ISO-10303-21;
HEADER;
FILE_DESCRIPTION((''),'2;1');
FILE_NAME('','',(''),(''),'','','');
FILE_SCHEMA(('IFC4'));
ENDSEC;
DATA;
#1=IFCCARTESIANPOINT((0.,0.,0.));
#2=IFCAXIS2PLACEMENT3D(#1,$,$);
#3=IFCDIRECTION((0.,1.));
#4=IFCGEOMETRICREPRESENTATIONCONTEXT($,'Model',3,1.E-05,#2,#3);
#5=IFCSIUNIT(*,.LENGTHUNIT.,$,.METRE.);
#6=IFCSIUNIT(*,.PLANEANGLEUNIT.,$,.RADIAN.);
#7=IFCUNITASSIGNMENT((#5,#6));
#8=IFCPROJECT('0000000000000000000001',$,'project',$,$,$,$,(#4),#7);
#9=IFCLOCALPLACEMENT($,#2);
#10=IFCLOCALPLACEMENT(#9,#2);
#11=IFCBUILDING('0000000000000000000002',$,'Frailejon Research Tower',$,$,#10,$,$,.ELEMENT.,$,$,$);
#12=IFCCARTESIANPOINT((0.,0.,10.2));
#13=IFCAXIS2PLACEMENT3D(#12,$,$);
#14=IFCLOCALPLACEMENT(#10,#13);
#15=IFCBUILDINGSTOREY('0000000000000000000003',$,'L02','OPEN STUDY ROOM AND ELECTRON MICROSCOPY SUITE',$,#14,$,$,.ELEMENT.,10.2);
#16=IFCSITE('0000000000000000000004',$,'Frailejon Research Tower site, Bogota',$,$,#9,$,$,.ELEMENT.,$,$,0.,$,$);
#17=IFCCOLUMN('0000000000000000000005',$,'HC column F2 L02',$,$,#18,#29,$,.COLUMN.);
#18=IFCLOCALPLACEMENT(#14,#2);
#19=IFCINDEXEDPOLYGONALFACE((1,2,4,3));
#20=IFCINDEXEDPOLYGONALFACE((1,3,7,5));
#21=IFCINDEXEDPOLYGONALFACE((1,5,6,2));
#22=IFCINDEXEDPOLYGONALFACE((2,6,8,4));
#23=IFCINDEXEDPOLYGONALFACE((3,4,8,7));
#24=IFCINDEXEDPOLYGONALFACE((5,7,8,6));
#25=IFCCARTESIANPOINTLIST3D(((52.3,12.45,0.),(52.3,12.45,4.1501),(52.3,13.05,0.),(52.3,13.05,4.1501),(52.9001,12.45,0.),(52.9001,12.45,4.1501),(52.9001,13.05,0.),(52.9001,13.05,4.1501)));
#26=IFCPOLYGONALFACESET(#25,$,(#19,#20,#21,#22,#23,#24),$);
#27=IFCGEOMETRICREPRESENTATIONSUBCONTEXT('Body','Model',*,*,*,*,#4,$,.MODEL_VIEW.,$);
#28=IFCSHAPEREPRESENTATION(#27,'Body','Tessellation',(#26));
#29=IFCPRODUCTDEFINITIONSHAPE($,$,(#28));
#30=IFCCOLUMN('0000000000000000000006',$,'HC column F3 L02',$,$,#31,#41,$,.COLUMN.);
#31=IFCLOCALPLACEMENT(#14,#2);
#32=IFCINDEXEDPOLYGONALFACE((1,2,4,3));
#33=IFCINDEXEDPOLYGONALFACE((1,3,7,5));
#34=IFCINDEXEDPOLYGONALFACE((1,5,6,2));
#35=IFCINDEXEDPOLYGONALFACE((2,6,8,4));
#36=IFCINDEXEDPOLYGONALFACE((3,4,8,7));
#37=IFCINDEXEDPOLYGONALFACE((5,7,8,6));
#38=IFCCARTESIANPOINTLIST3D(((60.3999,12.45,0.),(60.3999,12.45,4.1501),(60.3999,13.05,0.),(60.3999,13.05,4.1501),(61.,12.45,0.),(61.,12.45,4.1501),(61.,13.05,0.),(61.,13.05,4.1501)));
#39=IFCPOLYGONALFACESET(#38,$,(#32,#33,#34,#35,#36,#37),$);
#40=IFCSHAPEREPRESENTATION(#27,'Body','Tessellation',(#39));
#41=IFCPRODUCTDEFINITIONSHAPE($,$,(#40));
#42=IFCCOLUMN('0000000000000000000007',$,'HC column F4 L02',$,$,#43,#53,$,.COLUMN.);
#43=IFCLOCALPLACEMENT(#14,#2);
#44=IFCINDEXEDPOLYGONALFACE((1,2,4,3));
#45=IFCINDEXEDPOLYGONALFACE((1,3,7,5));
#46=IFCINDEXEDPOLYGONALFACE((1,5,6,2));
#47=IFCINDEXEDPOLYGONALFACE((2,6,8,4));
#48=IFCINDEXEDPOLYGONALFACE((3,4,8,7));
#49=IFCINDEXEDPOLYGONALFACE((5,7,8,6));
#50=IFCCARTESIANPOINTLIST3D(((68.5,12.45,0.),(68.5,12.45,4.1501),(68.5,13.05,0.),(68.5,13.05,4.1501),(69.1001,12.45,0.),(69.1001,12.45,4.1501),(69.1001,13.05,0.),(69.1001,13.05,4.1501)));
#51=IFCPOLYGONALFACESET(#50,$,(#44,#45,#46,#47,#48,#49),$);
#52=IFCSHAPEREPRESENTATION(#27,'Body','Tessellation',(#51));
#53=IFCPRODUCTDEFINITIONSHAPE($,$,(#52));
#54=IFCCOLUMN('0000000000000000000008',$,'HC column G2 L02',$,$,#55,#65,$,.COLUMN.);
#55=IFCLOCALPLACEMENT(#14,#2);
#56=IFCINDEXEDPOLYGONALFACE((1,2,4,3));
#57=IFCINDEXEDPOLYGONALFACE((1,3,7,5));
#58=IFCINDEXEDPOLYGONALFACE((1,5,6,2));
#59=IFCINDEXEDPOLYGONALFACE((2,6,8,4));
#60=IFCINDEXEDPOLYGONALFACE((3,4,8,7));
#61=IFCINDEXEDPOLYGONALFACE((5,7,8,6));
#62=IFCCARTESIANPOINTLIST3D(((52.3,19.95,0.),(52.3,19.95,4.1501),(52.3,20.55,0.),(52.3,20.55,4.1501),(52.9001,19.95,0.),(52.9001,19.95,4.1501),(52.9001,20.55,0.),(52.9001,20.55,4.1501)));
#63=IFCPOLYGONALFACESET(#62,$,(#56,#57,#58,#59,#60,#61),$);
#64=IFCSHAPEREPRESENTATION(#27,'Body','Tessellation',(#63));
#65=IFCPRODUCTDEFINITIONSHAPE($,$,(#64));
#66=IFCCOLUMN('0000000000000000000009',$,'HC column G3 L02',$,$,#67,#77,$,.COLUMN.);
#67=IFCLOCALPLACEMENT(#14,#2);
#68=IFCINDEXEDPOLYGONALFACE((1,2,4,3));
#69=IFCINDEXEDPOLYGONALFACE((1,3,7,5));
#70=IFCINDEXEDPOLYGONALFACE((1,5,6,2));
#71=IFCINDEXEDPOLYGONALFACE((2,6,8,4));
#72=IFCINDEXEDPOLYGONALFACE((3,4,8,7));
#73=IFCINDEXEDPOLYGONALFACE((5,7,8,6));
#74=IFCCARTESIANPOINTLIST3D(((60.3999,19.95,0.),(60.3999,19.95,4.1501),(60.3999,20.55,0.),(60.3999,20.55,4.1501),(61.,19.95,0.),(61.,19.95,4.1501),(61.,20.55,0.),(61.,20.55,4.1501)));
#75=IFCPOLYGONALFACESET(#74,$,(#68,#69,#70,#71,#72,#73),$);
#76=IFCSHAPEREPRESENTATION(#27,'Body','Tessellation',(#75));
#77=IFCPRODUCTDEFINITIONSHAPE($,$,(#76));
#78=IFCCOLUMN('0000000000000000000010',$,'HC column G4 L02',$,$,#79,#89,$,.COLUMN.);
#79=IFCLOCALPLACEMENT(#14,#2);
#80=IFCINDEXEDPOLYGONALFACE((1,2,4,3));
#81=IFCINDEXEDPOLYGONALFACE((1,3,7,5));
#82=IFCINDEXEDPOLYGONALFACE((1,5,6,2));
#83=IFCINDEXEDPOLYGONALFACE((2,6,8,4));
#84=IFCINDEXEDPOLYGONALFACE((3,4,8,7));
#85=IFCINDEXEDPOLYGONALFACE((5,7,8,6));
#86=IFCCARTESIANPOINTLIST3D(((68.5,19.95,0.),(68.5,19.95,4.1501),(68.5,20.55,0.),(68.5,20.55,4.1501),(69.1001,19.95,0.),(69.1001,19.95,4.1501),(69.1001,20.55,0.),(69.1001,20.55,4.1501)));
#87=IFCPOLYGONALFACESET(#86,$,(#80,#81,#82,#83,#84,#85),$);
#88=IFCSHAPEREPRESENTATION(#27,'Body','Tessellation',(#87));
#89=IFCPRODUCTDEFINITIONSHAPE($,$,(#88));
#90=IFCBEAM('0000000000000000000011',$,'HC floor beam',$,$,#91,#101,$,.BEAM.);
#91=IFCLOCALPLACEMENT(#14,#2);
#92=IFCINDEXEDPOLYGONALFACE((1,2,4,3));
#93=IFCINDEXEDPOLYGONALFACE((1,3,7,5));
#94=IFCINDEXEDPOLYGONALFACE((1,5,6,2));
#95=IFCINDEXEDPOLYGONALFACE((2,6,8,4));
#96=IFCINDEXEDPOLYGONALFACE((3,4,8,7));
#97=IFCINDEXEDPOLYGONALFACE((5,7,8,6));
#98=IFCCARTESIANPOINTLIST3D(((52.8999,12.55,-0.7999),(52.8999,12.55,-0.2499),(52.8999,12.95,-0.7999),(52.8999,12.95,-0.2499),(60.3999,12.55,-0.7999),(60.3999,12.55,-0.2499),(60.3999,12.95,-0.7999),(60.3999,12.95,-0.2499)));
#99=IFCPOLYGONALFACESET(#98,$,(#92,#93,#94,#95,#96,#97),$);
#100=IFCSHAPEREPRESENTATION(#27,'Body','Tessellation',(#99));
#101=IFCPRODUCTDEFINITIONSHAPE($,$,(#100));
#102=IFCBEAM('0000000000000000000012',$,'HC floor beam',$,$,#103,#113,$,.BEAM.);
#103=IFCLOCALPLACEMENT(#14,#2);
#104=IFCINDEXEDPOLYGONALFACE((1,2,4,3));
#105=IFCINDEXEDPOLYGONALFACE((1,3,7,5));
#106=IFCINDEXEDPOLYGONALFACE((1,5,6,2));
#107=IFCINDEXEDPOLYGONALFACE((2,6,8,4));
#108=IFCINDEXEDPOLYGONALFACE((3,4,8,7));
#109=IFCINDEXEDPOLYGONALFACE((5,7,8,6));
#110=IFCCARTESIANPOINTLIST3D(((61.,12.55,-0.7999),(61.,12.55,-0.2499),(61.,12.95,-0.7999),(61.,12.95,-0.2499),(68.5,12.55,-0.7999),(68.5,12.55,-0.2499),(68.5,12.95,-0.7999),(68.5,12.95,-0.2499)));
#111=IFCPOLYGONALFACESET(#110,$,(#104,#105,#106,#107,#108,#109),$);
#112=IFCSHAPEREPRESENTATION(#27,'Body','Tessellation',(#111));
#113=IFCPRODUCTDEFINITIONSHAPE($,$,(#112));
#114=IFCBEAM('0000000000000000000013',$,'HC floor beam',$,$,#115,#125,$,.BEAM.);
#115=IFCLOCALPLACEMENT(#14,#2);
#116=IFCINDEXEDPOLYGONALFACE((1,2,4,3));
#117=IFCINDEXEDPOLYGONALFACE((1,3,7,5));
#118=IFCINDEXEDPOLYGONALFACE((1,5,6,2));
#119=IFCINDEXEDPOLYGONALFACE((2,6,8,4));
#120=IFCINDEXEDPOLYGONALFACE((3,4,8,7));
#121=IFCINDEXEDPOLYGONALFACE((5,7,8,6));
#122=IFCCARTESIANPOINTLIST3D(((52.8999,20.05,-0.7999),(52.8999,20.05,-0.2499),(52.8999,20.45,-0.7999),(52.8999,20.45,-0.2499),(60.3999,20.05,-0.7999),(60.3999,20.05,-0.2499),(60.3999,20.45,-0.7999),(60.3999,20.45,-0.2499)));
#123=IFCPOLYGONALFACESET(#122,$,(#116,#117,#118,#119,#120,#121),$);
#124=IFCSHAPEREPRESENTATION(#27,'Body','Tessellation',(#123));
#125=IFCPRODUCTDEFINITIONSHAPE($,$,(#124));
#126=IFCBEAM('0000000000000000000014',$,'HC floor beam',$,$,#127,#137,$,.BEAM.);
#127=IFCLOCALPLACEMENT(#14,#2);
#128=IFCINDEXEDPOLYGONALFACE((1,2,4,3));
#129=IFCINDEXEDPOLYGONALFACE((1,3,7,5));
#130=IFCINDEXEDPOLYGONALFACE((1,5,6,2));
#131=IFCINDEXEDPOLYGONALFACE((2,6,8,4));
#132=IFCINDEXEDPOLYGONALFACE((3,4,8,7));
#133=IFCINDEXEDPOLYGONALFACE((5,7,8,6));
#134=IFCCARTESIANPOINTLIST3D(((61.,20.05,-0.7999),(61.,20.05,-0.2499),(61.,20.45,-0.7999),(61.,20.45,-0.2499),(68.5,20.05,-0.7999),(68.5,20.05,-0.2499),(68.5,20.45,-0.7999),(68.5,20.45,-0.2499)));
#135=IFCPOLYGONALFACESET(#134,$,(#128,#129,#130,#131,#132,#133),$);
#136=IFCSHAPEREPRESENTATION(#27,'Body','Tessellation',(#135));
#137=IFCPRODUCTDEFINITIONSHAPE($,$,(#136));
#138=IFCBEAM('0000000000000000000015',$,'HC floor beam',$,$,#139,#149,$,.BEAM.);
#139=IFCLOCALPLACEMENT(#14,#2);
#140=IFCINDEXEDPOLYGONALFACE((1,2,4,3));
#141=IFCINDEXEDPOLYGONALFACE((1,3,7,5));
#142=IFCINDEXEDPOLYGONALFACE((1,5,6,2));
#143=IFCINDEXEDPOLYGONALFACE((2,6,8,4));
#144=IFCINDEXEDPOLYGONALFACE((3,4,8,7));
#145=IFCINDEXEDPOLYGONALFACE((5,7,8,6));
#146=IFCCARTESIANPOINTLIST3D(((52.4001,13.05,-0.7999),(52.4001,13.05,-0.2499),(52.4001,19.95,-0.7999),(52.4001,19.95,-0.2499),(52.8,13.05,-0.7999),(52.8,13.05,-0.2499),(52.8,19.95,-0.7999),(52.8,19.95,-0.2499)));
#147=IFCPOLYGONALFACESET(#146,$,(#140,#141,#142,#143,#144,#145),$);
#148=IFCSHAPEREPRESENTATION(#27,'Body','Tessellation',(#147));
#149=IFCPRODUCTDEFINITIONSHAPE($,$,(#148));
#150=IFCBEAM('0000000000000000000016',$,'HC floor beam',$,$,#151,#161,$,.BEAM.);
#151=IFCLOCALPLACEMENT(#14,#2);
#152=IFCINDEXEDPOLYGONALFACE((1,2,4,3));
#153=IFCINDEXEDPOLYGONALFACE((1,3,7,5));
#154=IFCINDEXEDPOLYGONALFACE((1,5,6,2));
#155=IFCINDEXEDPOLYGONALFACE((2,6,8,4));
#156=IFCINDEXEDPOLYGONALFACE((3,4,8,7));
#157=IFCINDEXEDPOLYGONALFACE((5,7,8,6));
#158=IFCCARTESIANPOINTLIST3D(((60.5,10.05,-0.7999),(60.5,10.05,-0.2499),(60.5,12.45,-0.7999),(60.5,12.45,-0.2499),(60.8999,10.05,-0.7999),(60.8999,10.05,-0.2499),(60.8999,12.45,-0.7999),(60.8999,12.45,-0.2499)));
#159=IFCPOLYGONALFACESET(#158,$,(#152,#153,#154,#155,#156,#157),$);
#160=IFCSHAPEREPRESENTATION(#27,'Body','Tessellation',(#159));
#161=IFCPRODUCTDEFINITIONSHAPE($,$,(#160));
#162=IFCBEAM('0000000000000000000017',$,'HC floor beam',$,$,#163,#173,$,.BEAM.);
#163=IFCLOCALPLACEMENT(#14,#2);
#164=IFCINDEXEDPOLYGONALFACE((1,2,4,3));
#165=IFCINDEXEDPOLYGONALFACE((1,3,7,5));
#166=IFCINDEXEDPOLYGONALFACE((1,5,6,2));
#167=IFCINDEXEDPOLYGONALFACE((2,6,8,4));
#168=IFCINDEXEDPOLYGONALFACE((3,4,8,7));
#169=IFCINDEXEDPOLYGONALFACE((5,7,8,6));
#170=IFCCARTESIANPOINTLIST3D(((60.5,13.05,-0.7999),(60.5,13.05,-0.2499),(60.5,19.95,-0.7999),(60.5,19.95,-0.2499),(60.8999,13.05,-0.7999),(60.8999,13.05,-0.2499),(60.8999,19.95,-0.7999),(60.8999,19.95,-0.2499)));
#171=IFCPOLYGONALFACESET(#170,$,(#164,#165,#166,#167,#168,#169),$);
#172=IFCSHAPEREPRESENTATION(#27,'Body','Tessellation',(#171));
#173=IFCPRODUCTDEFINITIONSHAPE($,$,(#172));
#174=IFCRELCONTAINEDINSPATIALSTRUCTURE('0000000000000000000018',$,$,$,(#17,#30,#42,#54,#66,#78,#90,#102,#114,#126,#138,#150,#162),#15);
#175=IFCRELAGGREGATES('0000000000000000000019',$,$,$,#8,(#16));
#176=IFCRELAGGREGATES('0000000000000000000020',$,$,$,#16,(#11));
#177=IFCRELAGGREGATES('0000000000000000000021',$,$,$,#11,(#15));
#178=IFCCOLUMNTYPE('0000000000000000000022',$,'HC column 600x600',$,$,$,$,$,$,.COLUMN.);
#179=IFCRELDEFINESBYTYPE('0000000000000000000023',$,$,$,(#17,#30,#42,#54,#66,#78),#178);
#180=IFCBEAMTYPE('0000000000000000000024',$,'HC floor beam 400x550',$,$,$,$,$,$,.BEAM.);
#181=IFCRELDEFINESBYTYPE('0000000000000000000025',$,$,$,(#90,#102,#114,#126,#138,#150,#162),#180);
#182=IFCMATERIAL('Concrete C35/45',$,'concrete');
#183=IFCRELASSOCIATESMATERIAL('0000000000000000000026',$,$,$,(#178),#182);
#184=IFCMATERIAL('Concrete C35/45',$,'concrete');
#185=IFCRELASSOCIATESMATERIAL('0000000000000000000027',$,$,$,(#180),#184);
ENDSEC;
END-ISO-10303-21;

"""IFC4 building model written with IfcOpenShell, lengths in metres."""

from ifc_helpers import new_model, si_unit, direction, frame, origin, origin_2d, place, context, subcontext, project, spatial, rectangle, extrude, material, material_profile, profile_set, type_object, element, save


model = new_model("IFC4")

# Units and contexts
model_context = context("Model", 3, precision=1e-05, world=origin(), true_north=direction((0.0, 1.0)))
body_context = subcontext(model_context, "Body", "Model", "MODEL_VIEW")
ifc_project = project(units=[si_unit("LENGTHUNIT", "METRE"), si_unit("PLANEANGLEUNIT", "RADIAN")], contexts=[model_context])

# Site, building, storey
site_placement = place(None, origin())
site = spatial("IfcSite", under=ifc_project, at=site_placement, Name="Frailejon Research Tower site, Bogota", CompositionType="ELEMENT", RefElevation=0.0)
building_placement = place(site_placement, origin())
building = spatial("IfcBuilding", under=site, at=building_placement, Name="Frailejon Research Tower", CompositionType="ELEMENT")
storey_placement = place(building_placement, frame((0.0, 0.0, 10.2)))
storey = spatial("IfcBuildingStorey", under=building, at=storey_placement, Name="L02", Description="OPEN STUDY ROOM AND ELECTRON MICROSCOPY SUITE", CompositionType="ELEMENT", Elevation=10.2)

# Columns
ifc_material_1 = material(Name="Concrete C35/45", Category="concrete")
ifc_material_profile_1 = material_profile(ifc_material_1, rectangle(XDim=0.6001, YDim=0.6001, at=origin_2d()), Name="HC column 600x600")
ifc_profile_set_1 = profile_set([ifc_material_profile_1], Name="Concrete C35/45")
column_type = type_object("IfcColumnType", Name="HC column 600x600", PredefinedType="COLUMN", material=ifc_profile_set_1)
for number, where, z_axis, x_axis, name in (
    (1, (52.6001, 12.75, 0.0), (0.0, 0.0, 1.0), (1.0, 0.0, 0.0), "HC column F2 L02"),
    (2, (60.7, 12.75, 0.0), (0.0, 0.0, 1.0), (1.0, 0.0, 0.0), "HC column F3 L02"),
    (3, (68.8, 12.75, 0.0), (0.0, 0.0, 1.0), (1.0, 0.0, 0.0), "HC column F4 L02"),
    (4, (52.6001, 20.25, 0.0), (0.0, 0.0, 1.0), (1.0, 0.0, 0.0), "HC column G2 L02"),
    (5, (60.7, 20.25, 0.0), (0.0, 0.0, 1.0), (1.0, 0.0, 0.0), "HC column G3 L02"),
    (6, (68.8, 20.25, 0.0), (0.0, 0.0, 1.0), (1.0, 0.0, 0.0), "HC column G4 L02"),
):
    element("IfcColumn", number, at=place(storey_placement, frame(where, z_axis=z_axis, x_axis=x_axis)), inside=storey, type_object=column_type, Name=name, PredefinedType="COLUMN", context=body_context, shape_type="SweptSolid", body=[
        extrude(rectangle(XDim=0.6001, YDim=0.6001, at=origin_2d()), origin(), (0.0, 0.0, 1.0), 4.1501),
    ])

# Beams
ifc_material_2 = material(Name="Concrete C35/45", Category="concrete")
ifc_material_profile_2 = material_profile(ifc_material_2, rectangle(XDim=0.3999, YDim=0.55, at=origin_2d()), Name="HC floor beam 400x550")
ifc_profile_set_2 = profile_set([ifc_material_profile_2], Name="Concrete C35/45")
beam_type = type_object("IfcBeamType", Name="HC floor beam 400x550", PredefinedType="BEAM", material=ifc_profile_set_2)
for number, where, z_axis, x_axis, name in (
    (7, (52.8999, 12.75, -0.5249), (1.0, 0.0, 0.0), (0.0, 1.0, 0.0), "HC floor beam"),
    (8, (61.0, 12.75, -0.5249), (1.0, 0.0, 0.0), (0.0, 1.0, 0.0), "HC floor beam"),
    (9, (52.8999, 20.25, -0.5249), (1.0, 0.0, 0.0), (0.0, 1.0, 0.0), "HC floor beam"),
    (10, (61.0, 20.25, -0.5249), (1.0, 0.0, 0.0), (0.0, 1.0, 0.0), "HC floor beam"),
):
    element("IfcBeam", number, at=place(storey_placement, frame(where, z_axis=z_axis, x_axis=x_axis)), inside=storey, type_object=beam_type, Name=name, PredefinedType="BEAM", context=body_context, shape_type="SweptSolid", body=[
        extrude(rectangle(XDim=0.3999, YDim=0.55, at=origin_2d()), origin(), (0.0, 0.0, 1.0), 7.5),
    ])
beam_1_placement = place(storey_placement, frame((52.6001, 13.05, -0.5249), z_axis=(0.0, 1.0, 0.0), x_axis=(-1.0, 0.0, 0.0)))
element("IfcBeam", 11, at=beam_1_placement, inside=storey, type_object=beam_type, Name="HC floor beam", PredefinedType="BEAM", context=body_context, shape_type="SweptSolid", body=[
    extrude(rectangle(XDim=0.3999, YDim=0.55, at=origin_2d()), origin(), (0.0, 0.0, 1.0), 6.8999),
])
beam_2_placement = place(storey_placement, frame((60.7, 10.05, -0.5249), z_axis=(0.0, 1.0, 0.0), x_axis=(-1.0, 0.0, 0.0)))
element("IfcBeam", 12, at=beam_2_placement, inside=storey, type_object=beam_type, Name="HC floor beam", PredefinedType="BEAM", context=body_context, shape_type="SweptSolid", body=[
    extrude(rectangle(XDim=0.3999, YDim=0.55, at=origin_2d()), origin(), (0.0, 0.0, 1.0), 2.3999),
])
beam_3_placement = place(storey_placement, frame((60.7, 13.05, -0.5249), z_axis=(0.0, 1.0, 0.0), x_axis=(-1.0, 0.0, 0.0)))
element("IfcBeam", 13, at=beam_3_placement, inside=storey, type_object=beam_type, Name="HC floor beam", PredefinedType="BEAM", context=body_context, shape_type="SweptSolid", body=[
    extrude(rectangle(XDim=0.3999, YDim=0.55, at=origin_2d()), origin(), (0.0, 0.0, 1.0), 6.8999),
])

save(model, "model.ifc")
